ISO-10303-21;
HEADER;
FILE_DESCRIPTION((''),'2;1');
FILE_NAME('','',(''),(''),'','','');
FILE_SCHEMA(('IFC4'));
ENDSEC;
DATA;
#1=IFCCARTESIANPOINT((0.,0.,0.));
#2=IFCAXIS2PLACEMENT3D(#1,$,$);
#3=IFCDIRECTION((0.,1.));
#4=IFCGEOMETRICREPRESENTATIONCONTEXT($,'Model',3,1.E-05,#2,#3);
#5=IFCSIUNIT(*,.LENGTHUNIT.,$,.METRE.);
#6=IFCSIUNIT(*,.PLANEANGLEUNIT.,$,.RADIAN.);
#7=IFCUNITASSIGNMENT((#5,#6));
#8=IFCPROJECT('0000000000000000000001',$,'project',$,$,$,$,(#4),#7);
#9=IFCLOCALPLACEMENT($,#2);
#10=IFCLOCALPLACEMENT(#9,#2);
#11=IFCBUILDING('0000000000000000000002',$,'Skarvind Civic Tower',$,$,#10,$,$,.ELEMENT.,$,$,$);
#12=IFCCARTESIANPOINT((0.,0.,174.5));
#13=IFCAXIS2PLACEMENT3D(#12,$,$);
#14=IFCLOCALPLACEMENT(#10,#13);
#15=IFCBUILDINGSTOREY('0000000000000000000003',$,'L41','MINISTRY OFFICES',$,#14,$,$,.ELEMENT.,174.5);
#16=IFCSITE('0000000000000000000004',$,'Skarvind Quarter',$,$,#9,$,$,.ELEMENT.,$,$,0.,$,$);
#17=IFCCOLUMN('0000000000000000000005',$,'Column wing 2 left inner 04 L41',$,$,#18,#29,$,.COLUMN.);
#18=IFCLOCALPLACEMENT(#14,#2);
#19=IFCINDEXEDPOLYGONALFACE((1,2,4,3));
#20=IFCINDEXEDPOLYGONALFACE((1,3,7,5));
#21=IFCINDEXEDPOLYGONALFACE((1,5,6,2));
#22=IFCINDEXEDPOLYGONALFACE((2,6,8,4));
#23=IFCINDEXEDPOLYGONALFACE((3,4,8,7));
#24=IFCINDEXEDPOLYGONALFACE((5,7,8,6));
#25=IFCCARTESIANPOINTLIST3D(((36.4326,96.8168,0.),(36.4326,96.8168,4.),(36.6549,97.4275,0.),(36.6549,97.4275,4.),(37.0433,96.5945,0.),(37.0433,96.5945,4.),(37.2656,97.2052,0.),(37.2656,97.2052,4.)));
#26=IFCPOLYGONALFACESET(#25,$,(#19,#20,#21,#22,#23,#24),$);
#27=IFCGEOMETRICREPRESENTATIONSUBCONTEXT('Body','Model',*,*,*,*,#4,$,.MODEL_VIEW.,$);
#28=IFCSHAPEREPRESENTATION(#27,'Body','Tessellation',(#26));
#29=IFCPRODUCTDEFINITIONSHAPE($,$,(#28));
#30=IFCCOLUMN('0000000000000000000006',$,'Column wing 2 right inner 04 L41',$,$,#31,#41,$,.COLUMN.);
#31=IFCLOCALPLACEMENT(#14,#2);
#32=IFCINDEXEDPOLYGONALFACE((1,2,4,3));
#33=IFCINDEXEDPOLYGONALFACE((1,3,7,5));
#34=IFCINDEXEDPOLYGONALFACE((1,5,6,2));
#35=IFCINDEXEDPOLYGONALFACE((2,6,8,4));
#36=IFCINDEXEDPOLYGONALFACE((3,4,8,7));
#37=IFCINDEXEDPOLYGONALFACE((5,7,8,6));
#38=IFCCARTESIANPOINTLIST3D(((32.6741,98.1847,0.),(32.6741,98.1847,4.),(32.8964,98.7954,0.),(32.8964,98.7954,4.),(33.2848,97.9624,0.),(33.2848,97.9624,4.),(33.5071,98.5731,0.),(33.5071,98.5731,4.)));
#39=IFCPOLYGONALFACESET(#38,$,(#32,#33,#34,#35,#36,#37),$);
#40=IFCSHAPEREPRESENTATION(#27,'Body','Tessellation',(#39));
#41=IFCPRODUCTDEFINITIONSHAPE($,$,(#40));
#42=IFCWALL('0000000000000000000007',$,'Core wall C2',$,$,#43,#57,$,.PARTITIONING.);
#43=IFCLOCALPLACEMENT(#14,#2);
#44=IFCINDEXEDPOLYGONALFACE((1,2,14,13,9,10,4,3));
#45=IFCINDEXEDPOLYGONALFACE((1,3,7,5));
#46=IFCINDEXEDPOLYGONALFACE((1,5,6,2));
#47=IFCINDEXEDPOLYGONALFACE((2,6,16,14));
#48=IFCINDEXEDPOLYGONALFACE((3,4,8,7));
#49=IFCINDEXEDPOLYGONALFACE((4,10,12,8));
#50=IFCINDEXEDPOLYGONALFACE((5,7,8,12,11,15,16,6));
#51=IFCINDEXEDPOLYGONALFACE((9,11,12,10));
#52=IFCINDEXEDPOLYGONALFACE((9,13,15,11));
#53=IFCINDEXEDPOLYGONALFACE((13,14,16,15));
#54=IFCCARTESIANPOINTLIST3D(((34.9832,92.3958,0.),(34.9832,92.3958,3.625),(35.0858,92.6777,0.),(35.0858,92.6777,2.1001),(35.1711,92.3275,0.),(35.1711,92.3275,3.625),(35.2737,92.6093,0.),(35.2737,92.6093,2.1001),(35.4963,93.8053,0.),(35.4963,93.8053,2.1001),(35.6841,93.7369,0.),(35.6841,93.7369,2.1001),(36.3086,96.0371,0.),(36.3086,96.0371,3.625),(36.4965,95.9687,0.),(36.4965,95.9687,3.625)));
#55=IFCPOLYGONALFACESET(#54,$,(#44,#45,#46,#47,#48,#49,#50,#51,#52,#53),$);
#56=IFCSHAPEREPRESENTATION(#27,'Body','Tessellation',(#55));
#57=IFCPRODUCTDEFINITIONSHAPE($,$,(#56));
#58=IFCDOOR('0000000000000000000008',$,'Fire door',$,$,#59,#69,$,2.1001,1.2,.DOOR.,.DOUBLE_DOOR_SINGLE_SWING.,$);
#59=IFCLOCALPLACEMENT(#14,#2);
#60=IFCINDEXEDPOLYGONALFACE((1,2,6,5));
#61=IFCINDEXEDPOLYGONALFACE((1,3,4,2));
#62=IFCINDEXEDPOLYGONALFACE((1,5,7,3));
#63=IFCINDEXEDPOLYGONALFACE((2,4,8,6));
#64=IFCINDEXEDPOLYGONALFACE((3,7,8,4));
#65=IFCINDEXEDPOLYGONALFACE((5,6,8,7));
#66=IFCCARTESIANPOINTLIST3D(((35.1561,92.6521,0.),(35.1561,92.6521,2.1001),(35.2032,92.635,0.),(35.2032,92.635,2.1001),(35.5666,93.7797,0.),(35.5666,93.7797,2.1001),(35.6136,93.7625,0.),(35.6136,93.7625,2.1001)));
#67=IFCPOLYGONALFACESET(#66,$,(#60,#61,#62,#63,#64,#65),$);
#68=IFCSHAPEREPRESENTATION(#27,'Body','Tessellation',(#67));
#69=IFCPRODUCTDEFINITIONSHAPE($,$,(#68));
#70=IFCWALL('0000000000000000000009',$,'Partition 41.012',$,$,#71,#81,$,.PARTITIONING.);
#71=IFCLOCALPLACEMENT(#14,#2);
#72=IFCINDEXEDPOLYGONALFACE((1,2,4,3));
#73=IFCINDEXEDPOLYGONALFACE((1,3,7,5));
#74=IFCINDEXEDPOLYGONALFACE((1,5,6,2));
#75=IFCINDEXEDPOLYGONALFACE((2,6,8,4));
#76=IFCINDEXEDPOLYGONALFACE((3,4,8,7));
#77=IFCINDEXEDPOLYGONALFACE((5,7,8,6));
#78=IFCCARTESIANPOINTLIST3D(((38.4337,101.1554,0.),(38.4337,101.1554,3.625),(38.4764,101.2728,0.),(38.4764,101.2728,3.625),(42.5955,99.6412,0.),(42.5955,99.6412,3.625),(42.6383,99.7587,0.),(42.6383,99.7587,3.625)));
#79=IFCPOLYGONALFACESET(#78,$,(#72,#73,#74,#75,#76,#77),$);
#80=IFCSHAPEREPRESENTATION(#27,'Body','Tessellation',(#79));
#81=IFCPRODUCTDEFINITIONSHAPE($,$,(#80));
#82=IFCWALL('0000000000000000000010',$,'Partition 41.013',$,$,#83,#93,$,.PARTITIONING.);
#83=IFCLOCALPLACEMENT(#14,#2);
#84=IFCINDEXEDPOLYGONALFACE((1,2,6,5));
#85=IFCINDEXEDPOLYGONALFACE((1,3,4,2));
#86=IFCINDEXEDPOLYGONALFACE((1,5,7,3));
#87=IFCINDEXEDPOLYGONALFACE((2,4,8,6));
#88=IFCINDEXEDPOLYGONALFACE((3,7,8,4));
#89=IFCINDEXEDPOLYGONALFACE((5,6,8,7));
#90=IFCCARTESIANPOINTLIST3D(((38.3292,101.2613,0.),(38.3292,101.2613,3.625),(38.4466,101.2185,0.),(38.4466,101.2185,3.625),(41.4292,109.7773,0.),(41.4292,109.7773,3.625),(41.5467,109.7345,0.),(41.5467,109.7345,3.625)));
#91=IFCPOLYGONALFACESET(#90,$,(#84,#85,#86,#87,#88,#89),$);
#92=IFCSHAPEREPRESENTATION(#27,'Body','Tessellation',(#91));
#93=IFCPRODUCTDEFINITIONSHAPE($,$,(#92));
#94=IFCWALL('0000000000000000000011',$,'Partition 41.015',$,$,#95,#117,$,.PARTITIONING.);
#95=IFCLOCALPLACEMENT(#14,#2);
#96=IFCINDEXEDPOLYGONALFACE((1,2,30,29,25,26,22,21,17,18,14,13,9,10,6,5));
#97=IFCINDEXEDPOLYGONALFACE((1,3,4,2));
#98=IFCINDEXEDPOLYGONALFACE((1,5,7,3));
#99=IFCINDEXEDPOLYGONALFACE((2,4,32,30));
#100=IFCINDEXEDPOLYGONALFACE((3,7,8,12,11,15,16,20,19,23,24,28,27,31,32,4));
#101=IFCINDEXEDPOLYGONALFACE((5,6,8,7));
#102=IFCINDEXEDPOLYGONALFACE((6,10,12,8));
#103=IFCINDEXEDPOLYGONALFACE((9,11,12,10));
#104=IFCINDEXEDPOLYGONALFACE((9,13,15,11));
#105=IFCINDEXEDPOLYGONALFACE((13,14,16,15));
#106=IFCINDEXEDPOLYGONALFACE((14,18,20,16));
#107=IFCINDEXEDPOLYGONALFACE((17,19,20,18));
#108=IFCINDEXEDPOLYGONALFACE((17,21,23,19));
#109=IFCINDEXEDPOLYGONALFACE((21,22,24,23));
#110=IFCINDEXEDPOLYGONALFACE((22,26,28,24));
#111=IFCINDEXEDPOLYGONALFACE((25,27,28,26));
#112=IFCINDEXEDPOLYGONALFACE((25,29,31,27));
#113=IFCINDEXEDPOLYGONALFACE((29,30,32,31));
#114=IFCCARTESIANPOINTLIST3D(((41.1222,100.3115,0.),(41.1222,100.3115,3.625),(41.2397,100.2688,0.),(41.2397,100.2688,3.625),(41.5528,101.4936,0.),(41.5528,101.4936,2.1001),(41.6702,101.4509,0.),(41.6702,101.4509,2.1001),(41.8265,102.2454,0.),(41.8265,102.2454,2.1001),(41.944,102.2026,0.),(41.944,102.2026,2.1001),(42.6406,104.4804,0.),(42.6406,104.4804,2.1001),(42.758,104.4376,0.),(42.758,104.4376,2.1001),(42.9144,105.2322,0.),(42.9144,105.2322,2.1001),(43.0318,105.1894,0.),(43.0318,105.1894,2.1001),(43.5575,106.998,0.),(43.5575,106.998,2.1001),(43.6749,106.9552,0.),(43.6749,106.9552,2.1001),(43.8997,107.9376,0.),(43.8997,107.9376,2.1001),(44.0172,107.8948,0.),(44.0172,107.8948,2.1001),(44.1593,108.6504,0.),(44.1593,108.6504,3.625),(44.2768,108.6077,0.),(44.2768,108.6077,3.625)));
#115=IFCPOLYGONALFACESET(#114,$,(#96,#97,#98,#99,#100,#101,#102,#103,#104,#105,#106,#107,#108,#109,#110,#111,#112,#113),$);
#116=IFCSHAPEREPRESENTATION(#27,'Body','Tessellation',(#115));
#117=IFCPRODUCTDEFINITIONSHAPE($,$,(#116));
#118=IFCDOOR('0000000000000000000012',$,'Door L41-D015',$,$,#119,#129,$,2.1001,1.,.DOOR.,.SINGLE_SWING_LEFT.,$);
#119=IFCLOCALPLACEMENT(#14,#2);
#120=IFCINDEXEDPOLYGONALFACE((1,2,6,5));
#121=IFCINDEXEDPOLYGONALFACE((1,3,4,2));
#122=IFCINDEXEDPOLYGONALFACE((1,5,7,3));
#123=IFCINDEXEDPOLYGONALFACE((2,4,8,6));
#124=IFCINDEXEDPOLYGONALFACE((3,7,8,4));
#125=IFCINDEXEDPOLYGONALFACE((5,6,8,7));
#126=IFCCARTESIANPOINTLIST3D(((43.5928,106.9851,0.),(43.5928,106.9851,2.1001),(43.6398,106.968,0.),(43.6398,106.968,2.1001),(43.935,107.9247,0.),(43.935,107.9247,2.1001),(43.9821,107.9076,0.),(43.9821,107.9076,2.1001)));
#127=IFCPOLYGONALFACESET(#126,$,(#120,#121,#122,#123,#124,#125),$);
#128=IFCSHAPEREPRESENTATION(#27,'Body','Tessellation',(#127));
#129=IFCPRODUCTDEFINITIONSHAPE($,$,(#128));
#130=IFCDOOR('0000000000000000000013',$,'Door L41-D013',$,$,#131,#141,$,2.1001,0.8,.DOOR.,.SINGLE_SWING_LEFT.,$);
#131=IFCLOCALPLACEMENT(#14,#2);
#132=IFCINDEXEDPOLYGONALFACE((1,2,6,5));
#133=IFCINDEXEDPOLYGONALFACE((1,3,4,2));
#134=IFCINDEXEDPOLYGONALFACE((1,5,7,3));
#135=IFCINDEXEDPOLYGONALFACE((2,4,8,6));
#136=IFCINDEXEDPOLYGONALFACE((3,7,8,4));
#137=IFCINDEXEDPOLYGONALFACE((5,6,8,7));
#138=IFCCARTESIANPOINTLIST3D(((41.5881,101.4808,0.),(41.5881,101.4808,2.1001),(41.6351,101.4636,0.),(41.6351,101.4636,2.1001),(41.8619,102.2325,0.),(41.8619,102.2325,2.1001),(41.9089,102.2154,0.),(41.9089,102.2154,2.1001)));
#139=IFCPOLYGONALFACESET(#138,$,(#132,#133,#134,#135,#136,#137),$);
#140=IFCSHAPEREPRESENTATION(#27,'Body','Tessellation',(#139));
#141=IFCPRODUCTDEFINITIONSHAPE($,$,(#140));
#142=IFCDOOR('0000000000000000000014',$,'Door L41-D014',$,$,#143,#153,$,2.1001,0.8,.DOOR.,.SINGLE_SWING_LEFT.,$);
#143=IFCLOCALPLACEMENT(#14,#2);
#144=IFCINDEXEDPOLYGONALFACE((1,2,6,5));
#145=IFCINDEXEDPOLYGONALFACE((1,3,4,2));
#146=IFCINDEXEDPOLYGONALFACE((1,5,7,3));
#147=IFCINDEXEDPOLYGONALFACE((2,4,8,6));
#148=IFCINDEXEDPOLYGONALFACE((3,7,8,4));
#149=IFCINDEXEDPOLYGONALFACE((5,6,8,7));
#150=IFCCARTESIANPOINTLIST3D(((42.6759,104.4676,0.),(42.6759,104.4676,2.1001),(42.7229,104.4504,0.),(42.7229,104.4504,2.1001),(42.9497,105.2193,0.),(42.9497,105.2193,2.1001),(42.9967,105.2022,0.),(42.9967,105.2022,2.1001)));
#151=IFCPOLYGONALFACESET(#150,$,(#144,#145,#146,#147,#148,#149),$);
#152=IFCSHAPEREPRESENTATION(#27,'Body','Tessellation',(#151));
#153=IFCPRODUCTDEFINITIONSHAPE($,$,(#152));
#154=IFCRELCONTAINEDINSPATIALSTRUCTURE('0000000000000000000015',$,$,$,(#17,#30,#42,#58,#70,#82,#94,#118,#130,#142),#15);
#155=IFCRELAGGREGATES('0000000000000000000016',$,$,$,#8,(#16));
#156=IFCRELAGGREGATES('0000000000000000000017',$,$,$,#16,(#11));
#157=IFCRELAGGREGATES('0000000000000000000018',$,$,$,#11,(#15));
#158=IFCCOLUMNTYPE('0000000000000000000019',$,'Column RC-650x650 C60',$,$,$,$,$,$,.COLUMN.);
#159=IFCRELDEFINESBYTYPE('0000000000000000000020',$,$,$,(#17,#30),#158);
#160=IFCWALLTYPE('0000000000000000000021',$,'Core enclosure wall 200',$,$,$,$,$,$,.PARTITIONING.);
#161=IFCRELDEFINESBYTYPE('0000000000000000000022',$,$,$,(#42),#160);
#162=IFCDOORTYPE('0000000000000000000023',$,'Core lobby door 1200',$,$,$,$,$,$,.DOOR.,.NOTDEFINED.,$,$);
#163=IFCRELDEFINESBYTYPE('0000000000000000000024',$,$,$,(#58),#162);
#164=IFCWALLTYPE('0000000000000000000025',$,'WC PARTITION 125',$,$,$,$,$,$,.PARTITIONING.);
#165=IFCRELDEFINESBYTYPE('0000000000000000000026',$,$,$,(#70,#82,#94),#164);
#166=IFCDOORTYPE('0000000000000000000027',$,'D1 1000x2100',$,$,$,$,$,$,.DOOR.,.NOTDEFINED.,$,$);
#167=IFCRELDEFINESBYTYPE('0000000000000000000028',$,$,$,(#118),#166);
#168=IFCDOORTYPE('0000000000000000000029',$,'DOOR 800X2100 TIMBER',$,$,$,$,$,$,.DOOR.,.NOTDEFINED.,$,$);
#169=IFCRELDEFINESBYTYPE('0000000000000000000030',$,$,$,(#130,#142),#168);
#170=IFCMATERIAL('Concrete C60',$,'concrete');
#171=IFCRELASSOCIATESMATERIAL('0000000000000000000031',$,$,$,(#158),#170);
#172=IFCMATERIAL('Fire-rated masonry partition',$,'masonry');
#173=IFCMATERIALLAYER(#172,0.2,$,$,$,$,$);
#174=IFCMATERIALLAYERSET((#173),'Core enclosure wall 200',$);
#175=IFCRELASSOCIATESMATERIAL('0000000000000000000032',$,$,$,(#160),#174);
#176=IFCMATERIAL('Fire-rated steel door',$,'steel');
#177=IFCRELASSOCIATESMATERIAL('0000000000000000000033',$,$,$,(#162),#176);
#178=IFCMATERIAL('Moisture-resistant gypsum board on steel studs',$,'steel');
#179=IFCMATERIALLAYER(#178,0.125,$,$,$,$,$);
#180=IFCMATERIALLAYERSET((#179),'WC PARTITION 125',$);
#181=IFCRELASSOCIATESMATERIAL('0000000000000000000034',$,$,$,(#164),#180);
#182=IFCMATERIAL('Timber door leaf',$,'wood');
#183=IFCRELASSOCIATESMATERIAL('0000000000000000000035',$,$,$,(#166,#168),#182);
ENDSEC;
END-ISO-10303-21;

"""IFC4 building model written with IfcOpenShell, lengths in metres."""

from ifc_helpers import new_model, si_unit, direction, frame, frame_2d, origin, origin_2d, place, context, subcontext, project, spatial, rectangle, extrude, material, layer, layer_set, material_profile, profile_set, type_object, element, fill, save


model = new_model("IFC4")

# Units and contexts
model_context = context("Model", 3, precision=1e-05, world=origin(), true_north=direction((0.0, 1.0)))
body_context = subcontext(model_context, "Body", "Model", "MODEL_VIEW")
ifc_project = project(units=[si_unit("LENGTHUNIT", "METRE"), si_unit("PLANEANGLEUNIT", "RADIAN")], contexts=[model_context])

# Site, building, storey
site_placement = place(None, origin())
site = spatial("IfcSite", under=ifc_project, at=site_placement, Name="Skarvind Quarter", CompositionType="ELEMENT", RefElevation=0.0)
building_placement = place(site_placement, origin())
building = spatial("IfcBuilding", under=site, at=building_placement, Name="Skarvind Civic Tower", CompositionType="ELEMENT")
storey_placement = place(building_placement, frame((0.0, 0.0, 174.5)))
storey = spatial("IfcBuildingStorey", under=building, at=storey_placement, Name="L41", Description="MINISTRY OFFICES", CompositionType="ELEMENT", Elevation=174.5)

# Columns
ifc_material_1 = material(Name="Concrete C60", Category="concrete")
ifc_material_profile = material_profile(ifc_material_1, rectangle(XDim=0.6499, YDim=0.6499, at=origin_2d()), Name="RC-650x650")
ifc_profile_set = profile_set([ifc_material_profile], Name="Concrete C60")
column_type = type_object("IfcColumnType", Name="Column RC-650x650 C60", PredefinedType="COLUMN", material=ifc_profile_set)
for number, where, z_axis, x_axis, name in (
    (1, (36.8491, 97.011, 0.0), (0.0, 0.0, 1.0), (-0.34202, -0.939693, 0.0), "Column wing 2 left inner 04 L41"),
    (2, (33.0906, 98.3789, 0.0), (0.0, 0.0, 1.0), (-0.34202, -0.939693, 0.0), "Column wing 2 right inner 04 L41"),
):
    element("IfcColumn", number, at=place(storey_placement, frame(where, z_axis=z_axis, x_axis=x_axis)), inside=storey, type_object=column_type, Name=name, PredefinedType="COLUMN", context=body_context, shape_type="SweptSolid", body=[
        extrude(rectangle(XDim=0.6499, YDim=0.6499, at=origin_2d()), origin(), (0.0, 0.0, 1.0), 4.0),
    ])

# Wall, opening, door
ifc_material_2 = material(Name="Fire-rated masonry partition", Category="masonry")
ifc_layer_1 = layer(ifc_material_2, 0.2)
ifc_layer_set_1 = layer_set([ifc_layer_1], Name="Core enclosure wall 200")
wall_type_1 = type_object("IfcWallType", Name="Core enclosure wall 200", PredefinedType="PARTITIONING", material=ifc_layer_set_1)
wall_1_placement = place(storey_placement, frame((36.4026, 96.0029, 0.0), z_axis=(0.0, 0.0, 1.0), x_axis=(-0.342042, -0.939685, 0.0)))
wall_1 = element("IfcWall", 3, at=wall_1_placement, inside=storey, type_object=wall_type_1, Name="Core wall C2", PredefinedType="PARTITIONING", context=body_context, shape_type="SweptSolid", body=[
    extrude(rectangle(XDim=3.875, YDim=0.2, at=frame_2d((1.9375, 0.0))), origin(), (0.0, 0.0, 1.0), 3.625),
])
opening_1_placement = place(wall_1_placement, frame((2.375, 0.0, 0.0)))
opening_1 = element("IfcOpeningElement", 4, at=opening_1_placement, cuts=wall_1, PredefinedType="OPENING", context=body_context, shape_type="SweptSolid", body=[
    extrude(rectangle(XDim=1.2, YDim=2.1001, at=frame_2d((0.6001, 1.05))), frame((0.0, 0.1099, 0.0), z_axis=(0.0, -1.0, 0.0), x_axis=(1.0, 0.0, 0.0)), (0.0, 0.0, 1.0), 0.22),
])
ifc_material_3 = material(Name="Fire-rated steel door", Category="steel")
door_type_1 = type_object("IfcDoorType", Name="Core lobby door 1200", OperationType="NOTDEFINED", PredefinedType="DOOR", material=ifc_material_3)
door_1_placement = place(opening_1_placement, origin())
door_1 = element("IfcDoor", 5, at=door_1_placement, inside=storey, type_object=door_type_1, Name="Fire door", OperationType="DOUBLE_DOOR_SINGLE_SWING", OverallHeight=2.1001, OverallWidth=1.2, PredefinedType="DOOR", context=body_context, shape_type="SweptSolid", body=[
    extrude(rectangle(XDim=1.2, YDim=2.1001, at=frame_2d((0.6001, 1.05))), frame((0.0, 0.0249, 0.0), z_axis=(0.0, -1.0, 0.0), x_axis=(1.0, 0.0, 0.0)), (0.0, 0.0, 1.0), 0.05),
])
fill(opening_1, door_1)

# Walls
ifc_material_4 = material(Name="Moisture-resistant gypsum board on steel studs", Category="steel")
ifc_layer_2 = layer(ifc_material_4, 0.125)
ifc_layer_set_2 = layer_set([ifc_layer_2], Name="WC PARTITION 125")
wall_type_2 = type_object("IfcWallType", Name="WC PARTITION 125", PredefinedType="PARTITIONING", material=ifc_layer_set_2)
wall_2_placement = place(storey_placement, frame((38.4551, 101.2141, 0.0), z_axis=(0.0, 0.0, 1.0), x_axis=(0.939739, -0.341894, 0.0)))
element("IfcWall", 6, at=wall_2_placement, inside=storey, type_object=wall_type_2, Name="Partition 41.012", PredefinedType="PARTITIONING", context=body_context, shape_type="SweptSolid", body=[
    extrude(rectangle(XDim=4.4287, YDim=0.125, at=frame_2d((2.2144, 0.0))), origin(), (0.0, 0.0, 1.0), 3.625),
])
wall_3_placement = place(storey_placement, frame((38.3879, 101.24, 0.0), z_axis=(0.0, 0.0, 1.0), x_axis=(0.342067, 0.939675, 0.0)))
element("IfcWall", 7, at=wall_3_placement, inside=storey, type_object=wall_type_2, Name="Partition 41.013", PredefinedType="PARTITIONING", context=body_context, shape_type="SweptSolid", body=[
    extrude(rectangle(XDim=9.0627, YDim=0.125, at=frame_2d((4.5312, 0.0))), origin(), (0.0, 0.0, 1.0), 3.625),
])

# Wall, openings, doors
wall_4_placement = place(storey_placement, frame((41.1809, 100.29, 0.0), z_axis=(0.0, 0.0, 1.0), x_axis=(0.34222, 0.93962, 0.0)))
wall_4 = element("IfcWall", 8, at=wall_4_placement, inside=storey, type_object=wall_type_2, Name="Partition 41.015", PredefinedType="PARTITIONING", context=body_context, shape_type="SweptSolid", body=[
    extrude(rectangle(XDim=8.8748, YDim=0.125, at=frame_2d((4.4375, 0.0))), origin(), (0.0, 0.0, 1.0), 3.625),
])
opening_2_placement = place(wall_4_placement, frame((1.2583, 0.0, 0.0)))
opening_2 = element("IfcOpeningElement", 9, at=opening_2_placement, cuts=wall_4, PredefinedType="OPENING", context=body_context, shape_type="SweptSolid", body=[
    extrude(rectangle(XDim=0.8, YDim=2.1001, at=frame_2d((0.3999, 1.05))), frame((0.0, 0.0725, 0.0), z_axis=(0.0, -1.0, 0.0), x_axis=(1.0, 0.0, 0.0)), (0.0, 0.0, 1.0), 0.145),
])
opening_3_placement = place(wall_4_placement, frame((4.437, 0.0, 0.0)))
opening_3 = element("IfcOpeningElement", 10, at=opening_3_placement, cuts=wall_4, PredefinedType="OPENING", context=body_context, shape_type="SweptSolid", body=[
    extrude(rectangle(XDim=0.8, YDim=2.1001, at=frame_2d((0.3999, 1.05))), frame((0.0, 0.0725, 0.0), z_axis=(0.0, -1.0, 0.0), x_axis=(1.0, 0.0, 0.0)), (0.0, 0.0, 1.0), 0.145),
])
opening_4_placement = place(wall_4_placement, frame((7.1162, 0.0, 0.0)))
opening_4 = element("IfcOpeningElement", 11, at=opening_4_placement, cuts=wall_4, PredefinedType="OPENING", context=body_context, shape_type="SweptSolid", body=[
    extrude(rectangle(XDim=1.0, YDim=2.1001, at=frame_2d((0.5, 1.05))), frame((0.0, 0.0725, 0.0), z_axis=(0.0, -1.0, 0.0), x_axis=(1.0, 0.0, 0.0)), (0.0, 0.0, 1.0), 0.145),
])
ifc_material_5 = material(Name="Timber door leaf", Category="wood")
door_type_2 = type_object("IfcDoorType", Name="D1 1000x2100", OperationType="NOTDEFINED", PredefinedType="DOOR", material=ifc_material_5)
door_2_placement = place(opening_4_placement, origin())
door_2 = element("IfcDoor", 12, at=door_2_placement, inside=storey, type_object=door_type_2, Name="Door L41-D015", OperationType="SINGLE_SWING_LEFT", OverallHeight=2.1001, OverallWidth=1.0, PredefinedType="DOOR", context=body_context, shape_type="SweptSolid", body=[
    extrude(rectangle(XDim=1.0, YDim=2.1001, at=frame_2d((0.5, 1.05))), frame((0.0, 0.0249, 0.0), z_axis=(0.0, -1.0, 0.0), x_axis=(1.0, 0.0, 0.0)), (0.0, 0.0, 1.0), 0.05),
])
fill(opening_4, door_2)
door_type_3 = type_object("IfcDoorType", Name="DOOR 800X2100 TIMBER", OperationType="NOTDEFINED", PredefinedType="DOOR", material=ifc_material_5)
door_3_placement = place(opening_2_placement, origin())
door_3 = element("IfcDoor", 13, at=door_3_placement, inside=storey, type_object=door_type_3, Name="Door L41-D013", OperationType="SINGLE_SWING_LEFT", OverallHeight=2.1001, OverallWidth=0.8, PredefinedType="DOOR", context=body_context, shape_type="SweptSolid", body=[
    extrude(rectangle(XDim=0.8, YDim=2.1001, at=frame_2d((0.3999, 1.05))), frame((0.0, 0.0249, 0.0), z_axis=(0.0, -1.0, 0.0), x_axis=(1.0, 0.0, 0.0)), (0.0, 0.0, 1.0), 0.05),
])
fill(opening_2, door_3)
door_4_placement = place(opening_3_placement, origin())
door_4 = element("IfcDoor", 14, at=door_4_placement, inside=storey, type_object=door_type_3, Name="Door L41-D014", OperationType="SINGLE_SWING_LEFT", OverallHeight=2.1001, OverallWidth=0.8, PredefinedType="DOOR", context=body_context, shape_type="SweptSolid", body=[
    extrude(rectangle(XDim=0.8, YDim=2.1001, at=frame_2d((0.3999, 1.05))), frame((0.0, 0.0249, 0.0), z_axis=(0.0, -1.0, 0.0), x_axis=(1.0, 0.0, 0.0)), (0.0, 0.0, 1.0), 0.05),
])
fill(opening_3, door_4)

save(model, "model.ifc")
